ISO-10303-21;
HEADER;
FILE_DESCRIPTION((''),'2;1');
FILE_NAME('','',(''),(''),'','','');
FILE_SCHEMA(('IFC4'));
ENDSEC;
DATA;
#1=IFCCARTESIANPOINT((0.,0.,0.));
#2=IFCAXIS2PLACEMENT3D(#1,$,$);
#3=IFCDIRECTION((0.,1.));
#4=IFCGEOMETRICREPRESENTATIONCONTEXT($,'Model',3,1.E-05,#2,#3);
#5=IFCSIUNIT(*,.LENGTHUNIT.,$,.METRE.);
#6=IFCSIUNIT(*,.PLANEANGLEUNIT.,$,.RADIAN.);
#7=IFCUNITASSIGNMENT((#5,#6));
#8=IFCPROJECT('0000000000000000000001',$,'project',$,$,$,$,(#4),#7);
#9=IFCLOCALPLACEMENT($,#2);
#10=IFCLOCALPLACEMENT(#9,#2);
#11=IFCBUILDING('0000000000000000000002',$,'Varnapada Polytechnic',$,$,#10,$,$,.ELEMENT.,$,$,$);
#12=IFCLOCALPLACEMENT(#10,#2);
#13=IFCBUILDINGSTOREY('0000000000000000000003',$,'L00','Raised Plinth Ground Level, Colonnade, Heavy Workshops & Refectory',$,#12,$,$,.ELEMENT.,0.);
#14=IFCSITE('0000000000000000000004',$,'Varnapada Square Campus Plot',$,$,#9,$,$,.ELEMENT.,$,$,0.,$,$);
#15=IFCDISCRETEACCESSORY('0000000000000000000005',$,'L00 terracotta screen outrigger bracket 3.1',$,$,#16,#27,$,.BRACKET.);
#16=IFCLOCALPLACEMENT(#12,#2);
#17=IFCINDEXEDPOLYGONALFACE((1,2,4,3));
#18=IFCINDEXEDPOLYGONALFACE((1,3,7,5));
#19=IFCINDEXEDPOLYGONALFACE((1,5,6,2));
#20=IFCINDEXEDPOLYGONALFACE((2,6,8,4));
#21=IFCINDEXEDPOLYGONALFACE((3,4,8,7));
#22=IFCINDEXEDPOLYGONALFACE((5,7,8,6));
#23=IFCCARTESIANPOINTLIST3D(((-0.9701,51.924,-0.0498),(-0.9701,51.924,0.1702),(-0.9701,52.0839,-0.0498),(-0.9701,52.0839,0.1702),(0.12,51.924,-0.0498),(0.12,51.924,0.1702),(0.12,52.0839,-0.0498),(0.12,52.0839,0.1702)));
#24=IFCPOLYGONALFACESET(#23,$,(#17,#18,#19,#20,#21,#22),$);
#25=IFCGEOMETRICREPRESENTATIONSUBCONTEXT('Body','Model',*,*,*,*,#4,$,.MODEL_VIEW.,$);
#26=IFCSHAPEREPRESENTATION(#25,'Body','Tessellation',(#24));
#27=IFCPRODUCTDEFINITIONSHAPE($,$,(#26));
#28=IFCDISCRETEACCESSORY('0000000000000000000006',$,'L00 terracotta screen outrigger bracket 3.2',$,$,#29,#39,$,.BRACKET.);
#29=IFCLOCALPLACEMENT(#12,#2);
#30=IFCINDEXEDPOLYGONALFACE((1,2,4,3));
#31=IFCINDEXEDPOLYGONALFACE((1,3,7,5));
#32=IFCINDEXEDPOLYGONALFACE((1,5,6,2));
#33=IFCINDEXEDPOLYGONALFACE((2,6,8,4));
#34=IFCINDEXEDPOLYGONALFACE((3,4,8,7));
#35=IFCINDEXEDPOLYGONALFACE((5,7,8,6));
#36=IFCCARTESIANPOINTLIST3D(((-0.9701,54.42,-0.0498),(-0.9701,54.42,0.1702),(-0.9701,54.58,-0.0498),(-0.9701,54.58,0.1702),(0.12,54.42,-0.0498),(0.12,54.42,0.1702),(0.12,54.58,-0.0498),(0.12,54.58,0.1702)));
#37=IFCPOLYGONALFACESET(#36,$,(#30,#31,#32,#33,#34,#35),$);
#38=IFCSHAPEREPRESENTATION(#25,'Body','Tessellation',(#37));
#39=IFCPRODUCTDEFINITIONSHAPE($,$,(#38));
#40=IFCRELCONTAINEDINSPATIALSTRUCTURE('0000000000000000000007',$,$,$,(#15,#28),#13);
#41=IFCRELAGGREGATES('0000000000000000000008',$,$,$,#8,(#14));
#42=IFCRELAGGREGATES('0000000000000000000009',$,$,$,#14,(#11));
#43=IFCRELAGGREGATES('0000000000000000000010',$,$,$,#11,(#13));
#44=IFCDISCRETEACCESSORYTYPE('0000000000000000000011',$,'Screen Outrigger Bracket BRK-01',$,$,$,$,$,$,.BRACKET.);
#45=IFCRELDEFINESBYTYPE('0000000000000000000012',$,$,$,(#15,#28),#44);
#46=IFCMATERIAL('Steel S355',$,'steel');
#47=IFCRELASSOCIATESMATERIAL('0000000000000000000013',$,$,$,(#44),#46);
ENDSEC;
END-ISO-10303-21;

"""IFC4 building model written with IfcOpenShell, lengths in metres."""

from ifc_helpers import new_model, si_unit, direction, frame, origin, origin_2d, place, context, subcontext, project, spatial, rectangle, extrude, material, type_object, element, save


model = new_model("IFC4")

# Units and contexts
model_context = context("Model", 3, precision=1e-05, world=origin(), true_north=direction((0.0, 1.0)))
body_context = subcontext(model_context, "Body", "Model", "MODEL_VIEW")
ifc_project = project(units=[si_unit("LENGTHUNIT", "METRE"), si_unit("PLANEANGLEUNIT", "RADIAN")], contexts=[model_context])

# Site, building, storey
site_placement = place(None, origin())
site = spatial("IfcSite", under=ifc_project, at=site_placement, Name="Varnapada Square Campus Plot", CompositionType="ELEMENT", RefElevation=0.0)
building_placement = place(site_placement, origin())
building = spatial("IfcBuilding", under=site, at=building_placement, Name="Varnapada Polytechnic", CompositionType="ELEMENT")
storey_placement = place(building_placement, origin())
storey = spatial("IfcBuildingStorey", under=building, at=storey_placement, Name="L00", Description="Raised Plinth Ground Level, Colonnade, Heavy Workshops & Refectory", CompositionType="ELEMENT", Elevation=0.0)

# Discrete accessories
ifc_material_1 = material(Name="Steel S355", Category="steel")
discrete_accessory_type = type_object("IfcDiscreteAccessoryType", Name="Screen Outrigger Bracket BRK-01", PredefinedType="BRACKET", material=ifc_material_1)
for number, where, z_axis, x_axis, name in (
    (1, (-0.425, 52.0039, -0.0498), (0.0, 0.0, 1.0), (0.0, 1.0, 0.0), "L00 terracotta screen outrigger bracket 3.1"),
    (2, (-0.425, 54.5, -0.0498), (0.0, 0.0, 1.0), (0.0, 1.0, 0.0), "L00 terracotta screen outrigger bracket 3.2"),
):
    element("IfcDiscreteAccessory", number, at=place(storey_placement, frame(where, z_axis=z_axis, x_axis=x_axis)), inside=storey, type_object=discrete_accessory_type, Name=name, PredefinedType="BRACKET", context=body_context, shape_type="SweptSolid", body=[
        extrude(rectangle(XDim=0.1599, YDim=1.0901, at=origin_2d()), origin(), (0.0, 0.0, 1.0), 0.22),
    ])

save(model, "model.ifc")
